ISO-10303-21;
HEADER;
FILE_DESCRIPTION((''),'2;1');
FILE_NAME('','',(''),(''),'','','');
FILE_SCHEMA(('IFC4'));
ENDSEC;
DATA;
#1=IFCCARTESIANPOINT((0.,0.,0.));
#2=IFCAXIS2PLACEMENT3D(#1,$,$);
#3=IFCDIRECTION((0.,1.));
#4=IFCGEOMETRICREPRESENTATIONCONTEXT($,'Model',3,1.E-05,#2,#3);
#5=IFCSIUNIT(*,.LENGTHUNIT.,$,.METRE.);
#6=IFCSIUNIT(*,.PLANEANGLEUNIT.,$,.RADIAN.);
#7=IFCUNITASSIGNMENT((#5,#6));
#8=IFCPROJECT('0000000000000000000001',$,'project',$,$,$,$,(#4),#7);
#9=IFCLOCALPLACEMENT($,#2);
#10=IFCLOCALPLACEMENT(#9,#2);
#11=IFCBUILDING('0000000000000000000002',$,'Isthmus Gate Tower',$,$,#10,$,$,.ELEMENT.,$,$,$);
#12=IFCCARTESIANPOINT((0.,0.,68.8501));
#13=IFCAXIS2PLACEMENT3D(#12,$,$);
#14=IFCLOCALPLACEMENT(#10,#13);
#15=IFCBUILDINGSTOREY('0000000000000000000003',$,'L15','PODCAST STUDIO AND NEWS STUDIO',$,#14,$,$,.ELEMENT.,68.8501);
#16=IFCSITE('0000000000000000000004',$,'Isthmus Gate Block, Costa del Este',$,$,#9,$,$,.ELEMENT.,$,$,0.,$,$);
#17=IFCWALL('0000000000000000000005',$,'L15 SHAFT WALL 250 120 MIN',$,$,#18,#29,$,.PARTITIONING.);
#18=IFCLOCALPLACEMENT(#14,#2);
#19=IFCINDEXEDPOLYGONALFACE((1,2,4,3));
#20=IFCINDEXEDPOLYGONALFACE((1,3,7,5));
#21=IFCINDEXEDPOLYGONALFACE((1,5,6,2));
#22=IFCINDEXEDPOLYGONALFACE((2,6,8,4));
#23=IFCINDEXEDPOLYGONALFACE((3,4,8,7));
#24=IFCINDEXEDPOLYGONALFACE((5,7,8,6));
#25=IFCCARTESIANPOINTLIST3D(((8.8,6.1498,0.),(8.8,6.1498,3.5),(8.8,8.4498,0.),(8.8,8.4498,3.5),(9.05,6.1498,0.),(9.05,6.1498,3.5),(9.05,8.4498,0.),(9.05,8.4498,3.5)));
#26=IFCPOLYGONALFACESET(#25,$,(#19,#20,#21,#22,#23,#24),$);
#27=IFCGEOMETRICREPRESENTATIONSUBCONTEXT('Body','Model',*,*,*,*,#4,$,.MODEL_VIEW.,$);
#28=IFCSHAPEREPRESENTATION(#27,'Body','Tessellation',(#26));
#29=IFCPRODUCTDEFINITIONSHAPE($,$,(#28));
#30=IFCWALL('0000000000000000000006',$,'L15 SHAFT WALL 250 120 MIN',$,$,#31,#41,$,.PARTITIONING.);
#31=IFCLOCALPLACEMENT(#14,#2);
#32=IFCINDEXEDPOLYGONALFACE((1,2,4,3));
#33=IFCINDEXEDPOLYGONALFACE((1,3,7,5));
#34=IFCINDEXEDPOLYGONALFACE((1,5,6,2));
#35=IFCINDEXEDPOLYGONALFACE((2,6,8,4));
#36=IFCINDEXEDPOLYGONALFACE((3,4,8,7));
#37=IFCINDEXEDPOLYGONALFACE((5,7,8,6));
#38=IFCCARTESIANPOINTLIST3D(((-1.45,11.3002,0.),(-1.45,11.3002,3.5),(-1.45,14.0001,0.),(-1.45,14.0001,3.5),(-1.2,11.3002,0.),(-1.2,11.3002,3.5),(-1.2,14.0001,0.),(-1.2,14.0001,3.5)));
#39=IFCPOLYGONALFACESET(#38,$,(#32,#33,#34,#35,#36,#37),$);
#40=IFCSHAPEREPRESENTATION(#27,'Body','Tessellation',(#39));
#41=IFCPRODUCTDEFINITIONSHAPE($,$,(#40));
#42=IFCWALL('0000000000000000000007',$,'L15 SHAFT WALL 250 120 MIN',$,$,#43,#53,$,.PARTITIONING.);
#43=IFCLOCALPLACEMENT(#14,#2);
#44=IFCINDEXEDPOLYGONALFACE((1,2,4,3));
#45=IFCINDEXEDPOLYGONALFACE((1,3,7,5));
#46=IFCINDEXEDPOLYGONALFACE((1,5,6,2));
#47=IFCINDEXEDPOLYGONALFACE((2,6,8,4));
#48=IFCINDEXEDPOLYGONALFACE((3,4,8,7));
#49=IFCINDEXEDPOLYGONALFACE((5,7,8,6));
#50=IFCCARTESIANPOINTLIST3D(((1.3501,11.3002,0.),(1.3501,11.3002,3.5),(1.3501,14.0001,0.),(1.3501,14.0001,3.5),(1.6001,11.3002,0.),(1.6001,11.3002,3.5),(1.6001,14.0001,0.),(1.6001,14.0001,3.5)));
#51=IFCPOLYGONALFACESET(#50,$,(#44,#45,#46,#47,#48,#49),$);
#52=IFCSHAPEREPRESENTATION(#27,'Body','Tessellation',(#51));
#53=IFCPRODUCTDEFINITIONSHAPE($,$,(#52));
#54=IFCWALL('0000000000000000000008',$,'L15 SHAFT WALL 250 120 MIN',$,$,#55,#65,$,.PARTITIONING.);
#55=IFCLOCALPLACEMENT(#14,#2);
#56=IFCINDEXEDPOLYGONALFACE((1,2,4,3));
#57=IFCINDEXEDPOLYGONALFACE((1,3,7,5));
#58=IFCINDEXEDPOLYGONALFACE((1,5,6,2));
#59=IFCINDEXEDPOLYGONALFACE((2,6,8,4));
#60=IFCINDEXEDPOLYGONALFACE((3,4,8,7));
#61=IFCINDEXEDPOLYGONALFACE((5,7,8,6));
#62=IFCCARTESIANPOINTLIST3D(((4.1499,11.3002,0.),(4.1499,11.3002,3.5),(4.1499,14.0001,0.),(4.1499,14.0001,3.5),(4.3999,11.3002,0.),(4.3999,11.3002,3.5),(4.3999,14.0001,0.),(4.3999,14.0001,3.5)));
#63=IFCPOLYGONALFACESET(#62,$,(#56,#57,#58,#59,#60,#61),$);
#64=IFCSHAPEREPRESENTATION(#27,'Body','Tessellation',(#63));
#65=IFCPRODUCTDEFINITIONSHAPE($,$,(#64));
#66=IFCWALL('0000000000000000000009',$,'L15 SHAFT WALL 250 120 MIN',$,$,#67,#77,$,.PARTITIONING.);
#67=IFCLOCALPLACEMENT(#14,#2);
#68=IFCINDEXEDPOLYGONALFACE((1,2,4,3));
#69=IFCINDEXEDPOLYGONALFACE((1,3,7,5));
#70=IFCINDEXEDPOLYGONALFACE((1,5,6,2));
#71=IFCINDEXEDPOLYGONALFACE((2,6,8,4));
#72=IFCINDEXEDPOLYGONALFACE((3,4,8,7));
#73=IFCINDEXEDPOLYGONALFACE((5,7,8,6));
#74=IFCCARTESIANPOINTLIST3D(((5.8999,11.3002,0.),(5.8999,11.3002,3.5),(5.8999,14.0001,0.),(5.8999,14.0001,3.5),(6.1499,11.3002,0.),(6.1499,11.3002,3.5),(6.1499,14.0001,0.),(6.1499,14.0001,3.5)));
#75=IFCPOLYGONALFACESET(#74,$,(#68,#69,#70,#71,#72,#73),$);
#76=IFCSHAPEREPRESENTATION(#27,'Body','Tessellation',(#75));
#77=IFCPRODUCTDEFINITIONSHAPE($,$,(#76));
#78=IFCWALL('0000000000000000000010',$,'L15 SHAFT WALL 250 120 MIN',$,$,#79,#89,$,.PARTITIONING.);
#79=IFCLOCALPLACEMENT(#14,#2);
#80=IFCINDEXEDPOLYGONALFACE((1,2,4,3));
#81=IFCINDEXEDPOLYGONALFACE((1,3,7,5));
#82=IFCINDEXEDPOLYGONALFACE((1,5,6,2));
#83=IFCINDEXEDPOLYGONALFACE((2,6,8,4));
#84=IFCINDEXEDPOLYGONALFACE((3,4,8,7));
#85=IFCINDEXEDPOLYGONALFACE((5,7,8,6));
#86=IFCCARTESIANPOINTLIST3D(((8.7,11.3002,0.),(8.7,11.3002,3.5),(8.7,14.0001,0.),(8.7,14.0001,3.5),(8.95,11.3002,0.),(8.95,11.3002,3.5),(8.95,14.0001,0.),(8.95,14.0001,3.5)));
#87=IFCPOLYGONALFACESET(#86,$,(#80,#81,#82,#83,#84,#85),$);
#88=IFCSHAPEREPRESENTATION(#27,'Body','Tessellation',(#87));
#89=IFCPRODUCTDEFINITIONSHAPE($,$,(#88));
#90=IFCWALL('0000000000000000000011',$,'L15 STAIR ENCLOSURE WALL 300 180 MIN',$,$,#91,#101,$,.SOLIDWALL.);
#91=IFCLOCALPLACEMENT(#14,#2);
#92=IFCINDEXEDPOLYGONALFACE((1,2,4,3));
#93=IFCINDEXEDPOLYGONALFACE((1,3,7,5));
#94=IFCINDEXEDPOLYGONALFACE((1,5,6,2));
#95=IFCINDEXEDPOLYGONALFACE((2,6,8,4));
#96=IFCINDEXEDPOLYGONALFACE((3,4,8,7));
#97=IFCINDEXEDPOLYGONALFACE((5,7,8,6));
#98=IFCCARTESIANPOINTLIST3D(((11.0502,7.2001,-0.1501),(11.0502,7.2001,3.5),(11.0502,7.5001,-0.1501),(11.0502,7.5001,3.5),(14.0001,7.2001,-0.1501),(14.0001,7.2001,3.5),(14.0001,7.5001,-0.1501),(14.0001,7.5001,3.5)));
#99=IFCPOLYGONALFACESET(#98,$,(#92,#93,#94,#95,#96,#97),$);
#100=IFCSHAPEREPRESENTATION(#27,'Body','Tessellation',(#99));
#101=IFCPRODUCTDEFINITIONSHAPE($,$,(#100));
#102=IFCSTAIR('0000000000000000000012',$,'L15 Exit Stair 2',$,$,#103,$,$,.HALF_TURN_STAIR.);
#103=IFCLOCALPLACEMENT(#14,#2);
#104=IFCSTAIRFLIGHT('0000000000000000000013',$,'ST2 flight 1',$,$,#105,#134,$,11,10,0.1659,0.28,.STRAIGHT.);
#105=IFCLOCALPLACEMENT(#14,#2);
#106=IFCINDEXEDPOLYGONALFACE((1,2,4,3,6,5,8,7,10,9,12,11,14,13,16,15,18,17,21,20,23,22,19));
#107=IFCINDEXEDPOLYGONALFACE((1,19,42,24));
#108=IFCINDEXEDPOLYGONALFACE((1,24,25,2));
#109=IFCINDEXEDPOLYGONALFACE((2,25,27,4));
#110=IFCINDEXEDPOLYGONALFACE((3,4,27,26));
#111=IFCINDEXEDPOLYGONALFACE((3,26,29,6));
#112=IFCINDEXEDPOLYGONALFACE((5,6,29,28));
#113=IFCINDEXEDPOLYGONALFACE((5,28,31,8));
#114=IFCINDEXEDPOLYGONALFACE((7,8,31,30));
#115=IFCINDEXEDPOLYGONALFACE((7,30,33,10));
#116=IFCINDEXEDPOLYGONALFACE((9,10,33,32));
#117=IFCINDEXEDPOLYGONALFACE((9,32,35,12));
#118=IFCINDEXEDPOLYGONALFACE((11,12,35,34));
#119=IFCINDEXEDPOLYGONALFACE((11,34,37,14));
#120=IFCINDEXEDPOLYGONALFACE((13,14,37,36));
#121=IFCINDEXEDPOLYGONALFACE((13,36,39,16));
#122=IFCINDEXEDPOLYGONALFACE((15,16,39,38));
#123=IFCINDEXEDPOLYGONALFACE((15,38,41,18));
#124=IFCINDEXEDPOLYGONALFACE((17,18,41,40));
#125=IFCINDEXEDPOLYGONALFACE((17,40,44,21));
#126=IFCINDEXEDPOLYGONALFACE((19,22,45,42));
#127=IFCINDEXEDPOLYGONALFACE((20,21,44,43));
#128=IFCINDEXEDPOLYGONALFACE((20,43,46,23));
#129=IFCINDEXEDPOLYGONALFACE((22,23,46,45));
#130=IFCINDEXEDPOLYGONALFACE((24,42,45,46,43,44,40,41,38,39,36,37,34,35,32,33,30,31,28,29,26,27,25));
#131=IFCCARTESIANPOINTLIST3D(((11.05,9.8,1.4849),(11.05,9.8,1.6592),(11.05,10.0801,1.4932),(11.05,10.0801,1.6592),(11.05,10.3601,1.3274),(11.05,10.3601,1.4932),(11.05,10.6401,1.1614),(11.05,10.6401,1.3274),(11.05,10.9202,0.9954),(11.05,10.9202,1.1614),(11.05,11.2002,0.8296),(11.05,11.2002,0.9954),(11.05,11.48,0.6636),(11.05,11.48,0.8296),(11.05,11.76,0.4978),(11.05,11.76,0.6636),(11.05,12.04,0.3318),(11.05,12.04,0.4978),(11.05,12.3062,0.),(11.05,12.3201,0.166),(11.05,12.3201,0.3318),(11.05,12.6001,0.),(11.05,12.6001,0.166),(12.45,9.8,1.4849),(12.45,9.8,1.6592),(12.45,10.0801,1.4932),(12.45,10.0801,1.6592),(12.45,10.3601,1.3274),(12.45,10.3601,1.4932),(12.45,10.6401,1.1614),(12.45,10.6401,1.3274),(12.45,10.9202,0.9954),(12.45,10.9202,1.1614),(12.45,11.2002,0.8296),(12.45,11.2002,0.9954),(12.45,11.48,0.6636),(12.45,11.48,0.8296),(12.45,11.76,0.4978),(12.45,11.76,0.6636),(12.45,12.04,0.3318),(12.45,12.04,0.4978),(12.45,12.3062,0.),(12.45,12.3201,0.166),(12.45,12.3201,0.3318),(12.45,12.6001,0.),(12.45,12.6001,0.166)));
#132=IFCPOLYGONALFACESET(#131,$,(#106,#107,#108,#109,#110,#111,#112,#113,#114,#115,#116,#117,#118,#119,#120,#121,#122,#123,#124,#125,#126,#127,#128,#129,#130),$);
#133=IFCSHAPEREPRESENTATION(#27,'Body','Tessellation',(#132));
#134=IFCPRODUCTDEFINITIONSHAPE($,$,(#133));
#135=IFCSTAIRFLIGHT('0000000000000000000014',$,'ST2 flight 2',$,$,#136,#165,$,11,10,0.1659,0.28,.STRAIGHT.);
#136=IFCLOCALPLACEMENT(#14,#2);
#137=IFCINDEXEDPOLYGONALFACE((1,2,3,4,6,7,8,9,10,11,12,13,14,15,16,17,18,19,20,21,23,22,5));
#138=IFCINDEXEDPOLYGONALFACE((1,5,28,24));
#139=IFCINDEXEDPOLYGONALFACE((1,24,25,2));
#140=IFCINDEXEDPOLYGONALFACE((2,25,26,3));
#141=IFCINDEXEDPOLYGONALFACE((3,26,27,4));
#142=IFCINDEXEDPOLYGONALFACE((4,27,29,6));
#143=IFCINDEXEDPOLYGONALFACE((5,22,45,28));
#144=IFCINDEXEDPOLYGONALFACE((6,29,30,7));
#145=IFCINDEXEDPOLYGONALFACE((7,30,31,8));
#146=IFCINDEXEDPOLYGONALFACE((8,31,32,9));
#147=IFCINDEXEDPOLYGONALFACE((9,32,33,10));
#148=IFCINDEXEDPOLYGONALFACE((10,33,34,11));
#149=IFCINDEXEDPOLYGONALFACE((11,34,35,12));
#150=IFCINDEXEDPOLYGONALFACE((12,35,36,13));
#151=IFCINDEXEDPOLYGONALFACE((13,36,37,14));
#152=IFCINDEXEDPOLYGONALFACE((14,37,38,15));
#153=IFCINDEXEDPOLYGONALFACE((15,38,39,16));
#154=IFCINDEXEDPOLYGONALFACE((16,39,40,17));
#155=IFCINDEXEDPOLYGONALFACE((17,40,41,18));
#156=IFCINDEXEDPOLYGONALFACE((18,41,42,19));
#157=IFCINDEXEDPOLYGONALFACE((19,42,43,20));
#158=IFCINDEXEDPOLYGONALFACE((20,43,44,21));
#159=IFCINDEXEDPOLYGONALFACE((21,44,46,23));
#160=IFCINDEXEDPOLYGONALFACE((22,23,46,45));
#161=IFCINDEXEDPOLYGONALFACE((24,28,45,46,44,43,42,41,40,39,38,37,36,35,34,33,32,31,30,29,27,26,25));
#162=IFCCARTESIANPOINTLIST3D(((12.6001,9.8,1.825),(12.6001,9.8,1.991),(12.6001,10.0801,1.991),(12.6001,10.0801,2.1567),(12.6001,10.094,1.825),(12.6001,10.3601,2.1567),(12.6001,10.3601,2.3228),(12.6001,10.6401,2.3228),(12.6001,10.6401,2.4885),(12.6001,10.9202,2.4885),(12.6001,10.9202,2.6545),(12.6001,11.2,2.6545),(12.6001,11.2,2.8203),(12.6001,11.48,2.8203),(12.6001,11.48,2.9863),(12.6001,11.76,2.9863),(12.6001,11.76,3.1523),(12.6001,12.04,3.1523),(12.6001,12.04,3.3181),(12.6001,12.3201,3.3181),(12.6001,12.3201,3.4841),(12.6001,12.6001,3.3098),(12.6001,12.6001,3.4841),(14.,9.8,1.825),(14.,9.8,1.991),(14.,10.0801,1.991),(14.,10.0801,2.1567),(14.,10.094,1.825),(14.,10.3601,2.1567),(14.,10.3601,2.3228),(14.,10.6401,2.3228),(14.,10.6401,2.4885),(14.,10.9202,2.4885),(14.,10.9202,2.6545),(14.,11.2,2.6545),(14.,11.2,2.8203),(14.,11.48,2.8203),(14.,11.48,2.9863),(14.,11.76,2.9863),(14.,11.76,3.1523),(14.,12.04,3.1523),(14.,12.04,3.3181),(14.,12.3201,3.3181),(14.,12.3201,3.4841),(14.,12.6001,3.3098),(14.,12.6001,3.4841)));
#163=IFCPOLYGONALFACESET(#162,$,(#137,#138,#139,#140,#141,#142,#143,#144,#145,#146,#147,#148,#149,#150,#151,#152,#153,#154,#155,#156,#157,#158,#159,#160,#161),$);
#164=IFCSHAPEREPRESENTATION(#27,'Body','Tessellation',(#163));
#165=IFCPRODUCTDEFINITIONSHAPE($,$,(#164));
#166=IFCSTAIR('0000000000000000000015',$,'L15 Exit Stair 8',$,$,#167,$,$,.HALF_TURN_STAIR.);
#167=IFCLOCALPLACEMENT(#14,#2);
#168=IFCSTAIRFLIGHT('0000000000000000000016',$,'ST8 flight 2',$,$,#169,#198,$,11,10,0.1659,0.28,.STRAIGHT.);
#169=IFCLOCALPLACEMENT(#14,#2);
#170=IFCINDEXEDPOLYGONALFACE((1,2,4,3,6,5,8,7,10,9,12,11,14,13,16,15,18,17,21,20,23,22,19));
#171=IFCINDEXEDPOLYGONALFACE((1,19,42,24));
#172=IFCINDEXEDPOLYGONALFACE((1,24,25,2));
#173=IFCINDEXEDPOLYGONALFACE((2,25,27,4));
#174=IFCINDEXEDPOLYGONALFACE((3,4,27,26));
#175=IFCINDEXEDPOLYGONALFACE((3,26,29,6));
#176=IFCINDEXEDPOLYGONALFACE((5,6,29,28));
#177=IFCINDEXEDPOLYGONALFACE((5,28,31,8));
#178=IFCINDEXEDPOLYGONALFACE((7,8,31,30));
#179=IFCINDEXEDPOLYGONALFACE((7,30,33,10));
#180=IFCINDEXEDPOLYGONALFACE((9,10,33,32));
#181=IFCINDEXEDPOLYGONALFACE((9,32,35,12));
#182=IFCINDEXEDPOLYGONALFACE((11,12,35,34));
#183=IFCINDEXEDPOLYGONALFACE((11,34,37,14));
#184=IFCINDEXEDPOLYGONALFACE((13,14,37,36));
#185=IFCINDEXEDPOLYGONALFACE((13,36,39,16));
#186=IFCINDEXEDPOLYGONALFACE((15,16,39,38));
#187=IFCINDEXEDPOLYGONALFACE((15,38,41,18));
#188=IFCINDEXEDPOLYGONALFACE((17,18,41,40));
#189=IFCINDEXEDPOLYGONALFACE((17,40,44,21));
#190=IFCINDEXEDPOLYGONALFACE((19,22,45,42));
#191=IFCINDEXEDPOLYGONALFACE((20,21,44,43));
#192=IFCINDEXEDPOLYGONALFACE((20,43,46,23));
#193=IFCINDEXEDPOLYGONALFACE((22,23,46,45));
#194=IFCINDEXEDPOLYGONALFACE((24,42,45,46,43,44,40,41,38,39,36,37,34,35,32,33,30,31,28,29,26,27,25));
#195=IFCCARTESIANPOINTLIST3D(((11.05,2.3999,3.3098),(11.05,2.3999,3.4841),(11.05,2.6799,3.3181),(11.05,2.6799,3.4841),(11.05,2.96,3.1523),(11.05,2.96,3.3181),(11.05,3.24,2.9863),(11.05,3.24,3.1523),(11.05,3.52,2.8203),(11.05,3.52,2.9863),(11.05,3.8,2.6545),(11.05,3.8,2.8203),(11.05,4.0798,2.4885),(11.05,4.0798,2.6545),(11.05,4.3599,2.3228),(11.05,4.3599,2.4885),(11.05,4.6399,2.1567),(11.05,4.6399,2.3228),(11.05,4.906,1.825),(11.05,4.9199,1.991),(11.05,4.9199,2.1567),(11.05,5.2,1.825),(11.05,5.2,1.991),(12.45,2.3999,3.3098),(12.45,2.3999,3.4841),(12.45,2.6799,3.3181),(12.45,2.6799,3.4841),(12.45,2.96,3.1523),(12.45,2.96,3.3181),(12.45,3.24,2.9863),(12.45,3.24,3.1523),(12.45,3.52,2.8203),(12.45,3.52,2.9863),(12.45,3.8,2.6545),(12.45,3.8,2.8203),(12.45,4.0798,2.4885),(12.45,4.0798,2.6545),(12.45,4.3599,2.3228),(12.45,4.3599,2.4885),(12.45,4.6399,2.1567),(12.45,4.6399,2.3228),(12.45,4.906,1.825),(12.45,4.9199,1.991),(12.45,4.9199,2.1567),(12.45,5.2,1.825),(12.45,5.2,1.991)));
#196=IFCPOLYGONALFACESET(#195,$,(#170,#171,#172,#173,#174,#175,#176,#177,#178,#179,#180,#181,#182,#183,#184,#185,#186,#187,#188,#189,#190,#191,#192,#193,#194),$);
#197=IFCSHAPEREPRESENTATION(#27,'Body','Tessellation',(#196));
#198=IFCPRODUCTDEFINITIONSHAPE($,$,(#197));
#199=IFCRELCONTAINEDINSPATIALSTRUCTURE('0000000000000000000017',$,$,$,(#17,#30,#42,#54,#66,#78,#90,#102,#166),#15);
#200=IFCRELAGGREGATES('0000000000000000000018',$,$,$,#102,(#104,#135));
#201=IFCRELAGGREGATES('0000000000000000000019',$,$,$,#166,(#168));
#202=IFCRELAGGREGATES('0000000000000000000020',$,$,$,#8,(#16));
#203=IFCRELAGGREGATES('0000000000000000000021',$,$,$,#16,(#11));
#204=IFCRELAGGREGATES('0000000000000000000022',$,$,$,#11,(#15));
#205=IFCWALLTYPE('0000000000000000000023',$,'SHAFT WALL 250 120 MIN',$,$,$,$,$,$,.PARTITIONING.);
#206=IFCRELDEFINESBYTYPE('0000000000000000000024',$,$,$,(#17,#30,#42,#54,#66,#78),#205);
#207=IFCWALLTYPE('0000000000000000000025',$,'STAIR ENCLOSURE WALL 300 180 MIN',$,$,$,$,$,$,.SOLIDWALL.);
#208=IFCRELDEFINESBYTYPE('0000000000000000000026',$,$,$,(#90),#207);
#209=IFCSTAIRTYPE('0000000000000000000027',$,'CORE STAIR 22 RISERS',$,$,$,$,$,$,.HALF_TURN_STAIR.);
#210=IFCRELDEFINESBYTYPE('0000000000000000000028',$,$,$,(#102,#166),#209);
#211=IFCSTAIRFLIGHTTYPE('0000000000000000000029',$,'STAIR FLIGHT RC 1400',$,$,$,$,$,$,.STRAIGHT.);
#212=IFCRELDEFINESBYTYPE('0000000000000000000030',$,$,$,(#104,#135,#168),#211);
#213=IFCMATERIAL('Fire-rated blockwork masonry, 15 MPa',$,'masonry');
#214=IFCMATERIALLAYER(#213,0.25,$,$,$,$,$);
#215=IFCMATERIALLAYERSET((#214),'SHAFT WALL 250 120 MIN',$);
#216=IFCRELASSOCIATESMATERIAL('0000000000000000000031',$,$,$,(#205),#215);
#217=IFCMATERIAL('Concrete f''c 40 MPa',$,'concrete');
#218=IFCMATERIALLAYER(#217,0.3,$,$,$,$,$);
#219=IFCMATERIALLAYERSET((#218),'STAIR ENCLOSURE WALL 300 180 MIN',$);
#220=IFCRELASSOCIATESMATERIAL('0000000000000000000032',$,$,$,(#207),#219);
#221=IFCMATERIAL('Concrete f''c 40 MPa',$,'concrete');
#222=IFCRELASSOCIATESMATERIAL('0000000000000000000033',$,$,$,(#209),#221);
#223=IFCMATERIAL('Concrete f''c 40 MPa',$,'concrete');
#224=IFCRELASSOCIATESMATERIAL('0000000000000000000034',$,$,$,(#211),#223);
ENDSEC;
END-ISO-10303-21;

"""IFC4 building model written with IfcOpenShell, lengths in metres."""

from ifc_helpers import new_model, si_unit, direction, frame, frame_2d, origin, place, context, subcontext, project, spatial, polyline, rectangle, outline, extrude, material, layer, layer_set, type_object, element, aggregate, save


model = new_model("IFC4")

# Units and contexts
model_context = context("Model", 3, precision=1e-05, world=origin(), true_north=direction((0.0, 1.0)))
body_context = subcontext(model_context, "Body", "Model", "MODEL_VIEW")
ifc_project = project(units=[si_unit("LENGTHUNIT", "METRE"), si_unit("PLANEANGLEUNIT", "RADIAN")], contexts=[model_context])

# Site, building, storey
site_placement = place(None, origin())
site = spatial("IfcSite", under=ifc_project, at=site_placement, Name="Isthmus Gate Block, Costa del Este", CompositionType="ELEMENT", RefElevation=0.0)
building_placement = place(site_placement, origin())
building = spatial("IfcBuilding", under=site, at=building_placement, Name="Isthmus Gate Tower", CompositionType="ELEMENT")
storey_placement = place(building_placement, frame((0.0, 0.0, 68.8501)))
storey = spatial("IfcBuildingStorey", under=building, at=storey_placement, Name="L15", Description="PODCAST STUDIO AND NEWS STUDIO", CompositionType="ELEMENT", Elevation=68.8501)

# Walls
ifc_material_1 = material(Name="Fire-rated blockwork masonry, 15 MPa", Category="masonry")
ifc_layer_1 = layer(ifc_material_1, 0.25)
ifc_layer_set_1 = layer_set([ifc_layer_1], Name="SHAFT WALL 250 120 MIN")
wall_type_1 = type_object("IfcWallType", Name="SHAFT WALL 250 120 MIN", PredefinedType="PARTITIONING", material=ifc_layer_set_1)
wall_1_placement = place(storey_placement, frame((8.925, 6.1499, 0.0), z_axis=(0.0, 0.0, 1.0), x_axis=(0.0, 1.0, 0.0)))
element("IfcWall", 1, at=wall_1_placement, inside=storey, type_object=wall_type_1, Name="L15 SHAFT WALL 250 120 MIN", PredefinedType="PARTITIONING", context=body_context, shape_type="SweptSolid", body=[
    extrude(rectangle(XDim=2.3, YDim=0.25, at=frame_2d((1.1499, 0.0))), origin(), (0.0, 0.0, 1.0), 3.5),
])
for number, where, z_axis, x_axis, name in (
    (2, (-1.325, 11.3, 0.0), (0.0, 0.0, 1.0), (0.0, 1.0, 0.0), "L15 SHAFT WALL 250 120 MIN"),
    (3, (1.4751, 11.3, 0.0), (0.0, 0.0, 1.0), (0.0, 1.0, 0.0), "L15 SHAFT WALL 250 120 MIN"),
    (4, (4.2749, 11.3, 0.0), (0.0, 0.0, 1.0), (0.0, 1.0, 0.0), "L15 SHAFT WALL 250 120 MIN"),
    (5, (6.0249, 11.3, 0.0), (0.0, 0.0, 1.0), (0.0, 1.0, 0.0), "L15 SHAFT WALL 250 120 MIN"),
    (6, (8.825, 11.3, 0.0), (0.0, 0.0, 1.0), (0.0, 1.0, 0.0), "L15 SHAFT WALL 250 120 MIN"),
):
    element("IfcWall", number, at=place(storey_placement, frame(where, z_axis=z_axis, x_axis=x_axis)), inside=storey, type_object=wall_type_1, Name=name, PredefinedType="PARTITIONING", context=body_context, shape_type="SweptSolid", body=[
        extrude(rectangle(XDim=2.7, YDim=0.25, at=frame_2d((1.3501, 0.0))), origin(), (0.0, 0.0, 1.0), 3.5),
    ])
ifc_material_2 = material(Name="Concrete f'c 40 MPa", Category="concrete")
ifc_layer_2 = layer(ifc_material_2, 0.3)
ifc_layer_set_2 = layer_set([ifc_layer_2], Name="STAIR ENCLOSURE WALL 300 180 MIN")
wall_type_2 = type_object("IfcWallType", Name="STAIR ENCLOSURE WALL 300 180 MIN", PredefinedType="SOLIDWALL", material=ifc_layer_set_2)
wall_2_placement = place(storey_placement, frame((11.05, 7.3501, -0.1501), z_axis=(0.0, 0.0, 1.0), x_axis=(1.0, 0.0, 0.0)))
element("IfcWall", 7, at=wall_2_placement, inside=storey, type_object=wall_type_2, Name="L15 STAIR ENCLOSURE WALL 300 180 MIN", PredefinedType="SOLIDWALL", context=body_context, shape_type="SweptSolid", body=[
    extrude(rectangle(XDim=2.95, YDim=0.3, at=frame_2d((1.4751, 0.0))), origin(), (0.0, 0.0, 1.0), 3.6501),
])

# Stair, stair flights
ifc_material_3 = material(Name="Concrete f'c 40 MPa", Category="concrete")
stair_type = type_object("IfcStairType", Name="CORE STAIR 22 RISERS", PredefinedType="HALF_TURN_STAIR", material=ifc_material_3)
stair_1_placement = place(storey_placement, origin())
stair_1 = element("IfcStair", 8, at=stair_1_placement, inside=storey, type_object=stair_type, Name="L15 Exit Stair 2", PredefinedType="HALF_TURN_STAIR")
ifc_material_4 = material(Name="Concrete f'c 40 MPa", Category="concrete")
stair_flight_type = type_object("IfcStairFlightType", Name="STAIR FLIGHT RC 1400", PredefinedType="STRAIGHT", material=ifc_material_4)
stair_flight_1_placement = place(storey_placement, frame((11.75, 12.6001, 0.0), z_axis=(0.0, 0.0, 1.0), x_axis=(0.0, -1.0, 0.0)))
stair_flight_1 = element("IfcStairFlight", 9, at=stair_flight_1_placement, type_object=stair_flight_type, Name="ST2 flight 1", NumberOfRisers=11, NumberOfTreads=10, PredefinedType="STRAIGHT", RiserHeight=0.1659, TreadLength=0.28, context=body_context, shape_type="SweptSolid", body=[
    extrude(outline(polyline([(0.0, 0.0), (0.0, 0.166), (0.28, 0.166), (0.28, 0.3318), (0.5601, 0.3318), (0.5601, 0.4978), (0.8401, 0.4978), (0.8401, 0.6636), (1.1201, 0.6636), (1.1201, 0.8296), (1.3999, 0.8296), (1.3999, 0.9954), (1.6799, 0.9954), (1.6799, 1.1614), (1.96, 1.1614), (1.96, 1.3274), (2.24, 1.3274), (2.24, 1.4932), (2.52, 1.4932), (2.52, 1.6592), (2.8, 1.6592), (2.8, 1.825), (2.8, 1.4849), (0.2939, 0.0), (0.0, 0.0)])), frame((0.0, 0.7, 0.0), z_axis=(0.0, -1.0, 0.0), x_axis=(1.0, 0.0, 0.0)), (0.0, 0.0, 1.0), 1.3999),
])
stair_flight_2_placement = place(storey_placement, frame((13.3, 9.8, 1.825), z_axis=(0.0, 0.0, 1.0), x_axis=(0.0, 1.0, 0.0)))
stair_flight_2 = element("IfcStairFlight", 10, at=stair_flight_2_placement, type_object=stair_flight_type, Name="ST2 flight 2", NumberOfRisers=11, NumberOfTreads=10, PredefinedType="STRAIGHT", RiserHeight=0.1659, TreadLength=0.28, context=body_context, shape_type="SweptSolid", body=[
    extrude(outline(polyline([(0.0, 0.0), (0.0, 0.166), (0.28, 0.166), (0.28, 0.3318), (0.5601, 0.3318), (0.5601, 0.4978), (0.8401, 0.4978), (0.8401, 0.6636), (1.1201, 0.6636), (1.1201, 0.8296), (1.3999, 0.8296), (1.3999, 0.9954), (1.6799, 0.9954), (1.6799, 1.1614), (1.96, 1.1614), (1.96, 1.3274), (2.24, 1.3274), (2.24, 1.4932), (2.52, 1.4932), (2.52, 1.6592), (2.8, 1.6592), (2.8, 1.825), (2.8, 1.4849), (0.2939, 0.0), (0.0, 0.0)])), frame((0.0, 0.7, 0.0), z_axis=(0.0, -1.0, 0.0), x_axis=(1.0, 0.0, 0.0)), (0.0, 0.0, 1.0), 1.3999),
])
aggregate(stair_1, [stair_flight_1, stair_flight_2])

# Stair, stair flight
stair_2_placement = place(storey_placement, origin())
stair_2 = element("IfcStair", 11, at=stair_2_placement, inside=storey, type_object=stair_type, Name="L15 Exit Stair 8", PredefinedType="HALF_TURN_STAIR")
stair_flight_3_placement = place(storey_placement, frame((11.75, 5.2, 1.825), z_axis=(0.0, 0.0, 1.0), x_axis=(0.0, -1.0, 0.0)))
stair_flight_3 = element("IfcStairFlight", 12, at=stair_flight_3_placement, type_object=stair_flight_type, Name="ST8 flight 2", NumberOfRisers=11, NumberOfTreads=10, PredefinedType="STRAIGHT", RiserHeight=0.1659, TreadLength=0.28, context=body_context, shape_type="SweptSolid", body=[
    extrude(outline(polyline([(0.0, 0.0), (0.0, 0.166), (0.28, 0.166), (0.28, 0.3318), (0.5601, 0.3318), (0.5601, 0.4978), (0.8401, 0.4978), (0.8401, 0.6636), (1.1201, 0.6636), (1.1201, 0.8296), (1.3999, 0.8296), (1.3999, 0.9954), (1.6799, 0.9954), (1.6799, 1.1614), (1.96, 1.1614), (1.96, 1.3274), (2.24, 1.3274), (2.24, 1.4932), (2.52, 1.4932), (2.52, 1.6592), (2.8, 1.6592), (2.8, 1.825), (2.8, 1.4849), (0.2939, 0.0), (0.0, 0.0)])), frame((0.0, 0.7, 0.0), z_axis=(0.0, -1.0, 0.0), x_axis=(1.0, 0.0, 0.0)), (0.0, 0.0, 1.0), 1.3999),
])
aggregate(stair_2, [stair_flight_3])

save(model, "model.ifc")
